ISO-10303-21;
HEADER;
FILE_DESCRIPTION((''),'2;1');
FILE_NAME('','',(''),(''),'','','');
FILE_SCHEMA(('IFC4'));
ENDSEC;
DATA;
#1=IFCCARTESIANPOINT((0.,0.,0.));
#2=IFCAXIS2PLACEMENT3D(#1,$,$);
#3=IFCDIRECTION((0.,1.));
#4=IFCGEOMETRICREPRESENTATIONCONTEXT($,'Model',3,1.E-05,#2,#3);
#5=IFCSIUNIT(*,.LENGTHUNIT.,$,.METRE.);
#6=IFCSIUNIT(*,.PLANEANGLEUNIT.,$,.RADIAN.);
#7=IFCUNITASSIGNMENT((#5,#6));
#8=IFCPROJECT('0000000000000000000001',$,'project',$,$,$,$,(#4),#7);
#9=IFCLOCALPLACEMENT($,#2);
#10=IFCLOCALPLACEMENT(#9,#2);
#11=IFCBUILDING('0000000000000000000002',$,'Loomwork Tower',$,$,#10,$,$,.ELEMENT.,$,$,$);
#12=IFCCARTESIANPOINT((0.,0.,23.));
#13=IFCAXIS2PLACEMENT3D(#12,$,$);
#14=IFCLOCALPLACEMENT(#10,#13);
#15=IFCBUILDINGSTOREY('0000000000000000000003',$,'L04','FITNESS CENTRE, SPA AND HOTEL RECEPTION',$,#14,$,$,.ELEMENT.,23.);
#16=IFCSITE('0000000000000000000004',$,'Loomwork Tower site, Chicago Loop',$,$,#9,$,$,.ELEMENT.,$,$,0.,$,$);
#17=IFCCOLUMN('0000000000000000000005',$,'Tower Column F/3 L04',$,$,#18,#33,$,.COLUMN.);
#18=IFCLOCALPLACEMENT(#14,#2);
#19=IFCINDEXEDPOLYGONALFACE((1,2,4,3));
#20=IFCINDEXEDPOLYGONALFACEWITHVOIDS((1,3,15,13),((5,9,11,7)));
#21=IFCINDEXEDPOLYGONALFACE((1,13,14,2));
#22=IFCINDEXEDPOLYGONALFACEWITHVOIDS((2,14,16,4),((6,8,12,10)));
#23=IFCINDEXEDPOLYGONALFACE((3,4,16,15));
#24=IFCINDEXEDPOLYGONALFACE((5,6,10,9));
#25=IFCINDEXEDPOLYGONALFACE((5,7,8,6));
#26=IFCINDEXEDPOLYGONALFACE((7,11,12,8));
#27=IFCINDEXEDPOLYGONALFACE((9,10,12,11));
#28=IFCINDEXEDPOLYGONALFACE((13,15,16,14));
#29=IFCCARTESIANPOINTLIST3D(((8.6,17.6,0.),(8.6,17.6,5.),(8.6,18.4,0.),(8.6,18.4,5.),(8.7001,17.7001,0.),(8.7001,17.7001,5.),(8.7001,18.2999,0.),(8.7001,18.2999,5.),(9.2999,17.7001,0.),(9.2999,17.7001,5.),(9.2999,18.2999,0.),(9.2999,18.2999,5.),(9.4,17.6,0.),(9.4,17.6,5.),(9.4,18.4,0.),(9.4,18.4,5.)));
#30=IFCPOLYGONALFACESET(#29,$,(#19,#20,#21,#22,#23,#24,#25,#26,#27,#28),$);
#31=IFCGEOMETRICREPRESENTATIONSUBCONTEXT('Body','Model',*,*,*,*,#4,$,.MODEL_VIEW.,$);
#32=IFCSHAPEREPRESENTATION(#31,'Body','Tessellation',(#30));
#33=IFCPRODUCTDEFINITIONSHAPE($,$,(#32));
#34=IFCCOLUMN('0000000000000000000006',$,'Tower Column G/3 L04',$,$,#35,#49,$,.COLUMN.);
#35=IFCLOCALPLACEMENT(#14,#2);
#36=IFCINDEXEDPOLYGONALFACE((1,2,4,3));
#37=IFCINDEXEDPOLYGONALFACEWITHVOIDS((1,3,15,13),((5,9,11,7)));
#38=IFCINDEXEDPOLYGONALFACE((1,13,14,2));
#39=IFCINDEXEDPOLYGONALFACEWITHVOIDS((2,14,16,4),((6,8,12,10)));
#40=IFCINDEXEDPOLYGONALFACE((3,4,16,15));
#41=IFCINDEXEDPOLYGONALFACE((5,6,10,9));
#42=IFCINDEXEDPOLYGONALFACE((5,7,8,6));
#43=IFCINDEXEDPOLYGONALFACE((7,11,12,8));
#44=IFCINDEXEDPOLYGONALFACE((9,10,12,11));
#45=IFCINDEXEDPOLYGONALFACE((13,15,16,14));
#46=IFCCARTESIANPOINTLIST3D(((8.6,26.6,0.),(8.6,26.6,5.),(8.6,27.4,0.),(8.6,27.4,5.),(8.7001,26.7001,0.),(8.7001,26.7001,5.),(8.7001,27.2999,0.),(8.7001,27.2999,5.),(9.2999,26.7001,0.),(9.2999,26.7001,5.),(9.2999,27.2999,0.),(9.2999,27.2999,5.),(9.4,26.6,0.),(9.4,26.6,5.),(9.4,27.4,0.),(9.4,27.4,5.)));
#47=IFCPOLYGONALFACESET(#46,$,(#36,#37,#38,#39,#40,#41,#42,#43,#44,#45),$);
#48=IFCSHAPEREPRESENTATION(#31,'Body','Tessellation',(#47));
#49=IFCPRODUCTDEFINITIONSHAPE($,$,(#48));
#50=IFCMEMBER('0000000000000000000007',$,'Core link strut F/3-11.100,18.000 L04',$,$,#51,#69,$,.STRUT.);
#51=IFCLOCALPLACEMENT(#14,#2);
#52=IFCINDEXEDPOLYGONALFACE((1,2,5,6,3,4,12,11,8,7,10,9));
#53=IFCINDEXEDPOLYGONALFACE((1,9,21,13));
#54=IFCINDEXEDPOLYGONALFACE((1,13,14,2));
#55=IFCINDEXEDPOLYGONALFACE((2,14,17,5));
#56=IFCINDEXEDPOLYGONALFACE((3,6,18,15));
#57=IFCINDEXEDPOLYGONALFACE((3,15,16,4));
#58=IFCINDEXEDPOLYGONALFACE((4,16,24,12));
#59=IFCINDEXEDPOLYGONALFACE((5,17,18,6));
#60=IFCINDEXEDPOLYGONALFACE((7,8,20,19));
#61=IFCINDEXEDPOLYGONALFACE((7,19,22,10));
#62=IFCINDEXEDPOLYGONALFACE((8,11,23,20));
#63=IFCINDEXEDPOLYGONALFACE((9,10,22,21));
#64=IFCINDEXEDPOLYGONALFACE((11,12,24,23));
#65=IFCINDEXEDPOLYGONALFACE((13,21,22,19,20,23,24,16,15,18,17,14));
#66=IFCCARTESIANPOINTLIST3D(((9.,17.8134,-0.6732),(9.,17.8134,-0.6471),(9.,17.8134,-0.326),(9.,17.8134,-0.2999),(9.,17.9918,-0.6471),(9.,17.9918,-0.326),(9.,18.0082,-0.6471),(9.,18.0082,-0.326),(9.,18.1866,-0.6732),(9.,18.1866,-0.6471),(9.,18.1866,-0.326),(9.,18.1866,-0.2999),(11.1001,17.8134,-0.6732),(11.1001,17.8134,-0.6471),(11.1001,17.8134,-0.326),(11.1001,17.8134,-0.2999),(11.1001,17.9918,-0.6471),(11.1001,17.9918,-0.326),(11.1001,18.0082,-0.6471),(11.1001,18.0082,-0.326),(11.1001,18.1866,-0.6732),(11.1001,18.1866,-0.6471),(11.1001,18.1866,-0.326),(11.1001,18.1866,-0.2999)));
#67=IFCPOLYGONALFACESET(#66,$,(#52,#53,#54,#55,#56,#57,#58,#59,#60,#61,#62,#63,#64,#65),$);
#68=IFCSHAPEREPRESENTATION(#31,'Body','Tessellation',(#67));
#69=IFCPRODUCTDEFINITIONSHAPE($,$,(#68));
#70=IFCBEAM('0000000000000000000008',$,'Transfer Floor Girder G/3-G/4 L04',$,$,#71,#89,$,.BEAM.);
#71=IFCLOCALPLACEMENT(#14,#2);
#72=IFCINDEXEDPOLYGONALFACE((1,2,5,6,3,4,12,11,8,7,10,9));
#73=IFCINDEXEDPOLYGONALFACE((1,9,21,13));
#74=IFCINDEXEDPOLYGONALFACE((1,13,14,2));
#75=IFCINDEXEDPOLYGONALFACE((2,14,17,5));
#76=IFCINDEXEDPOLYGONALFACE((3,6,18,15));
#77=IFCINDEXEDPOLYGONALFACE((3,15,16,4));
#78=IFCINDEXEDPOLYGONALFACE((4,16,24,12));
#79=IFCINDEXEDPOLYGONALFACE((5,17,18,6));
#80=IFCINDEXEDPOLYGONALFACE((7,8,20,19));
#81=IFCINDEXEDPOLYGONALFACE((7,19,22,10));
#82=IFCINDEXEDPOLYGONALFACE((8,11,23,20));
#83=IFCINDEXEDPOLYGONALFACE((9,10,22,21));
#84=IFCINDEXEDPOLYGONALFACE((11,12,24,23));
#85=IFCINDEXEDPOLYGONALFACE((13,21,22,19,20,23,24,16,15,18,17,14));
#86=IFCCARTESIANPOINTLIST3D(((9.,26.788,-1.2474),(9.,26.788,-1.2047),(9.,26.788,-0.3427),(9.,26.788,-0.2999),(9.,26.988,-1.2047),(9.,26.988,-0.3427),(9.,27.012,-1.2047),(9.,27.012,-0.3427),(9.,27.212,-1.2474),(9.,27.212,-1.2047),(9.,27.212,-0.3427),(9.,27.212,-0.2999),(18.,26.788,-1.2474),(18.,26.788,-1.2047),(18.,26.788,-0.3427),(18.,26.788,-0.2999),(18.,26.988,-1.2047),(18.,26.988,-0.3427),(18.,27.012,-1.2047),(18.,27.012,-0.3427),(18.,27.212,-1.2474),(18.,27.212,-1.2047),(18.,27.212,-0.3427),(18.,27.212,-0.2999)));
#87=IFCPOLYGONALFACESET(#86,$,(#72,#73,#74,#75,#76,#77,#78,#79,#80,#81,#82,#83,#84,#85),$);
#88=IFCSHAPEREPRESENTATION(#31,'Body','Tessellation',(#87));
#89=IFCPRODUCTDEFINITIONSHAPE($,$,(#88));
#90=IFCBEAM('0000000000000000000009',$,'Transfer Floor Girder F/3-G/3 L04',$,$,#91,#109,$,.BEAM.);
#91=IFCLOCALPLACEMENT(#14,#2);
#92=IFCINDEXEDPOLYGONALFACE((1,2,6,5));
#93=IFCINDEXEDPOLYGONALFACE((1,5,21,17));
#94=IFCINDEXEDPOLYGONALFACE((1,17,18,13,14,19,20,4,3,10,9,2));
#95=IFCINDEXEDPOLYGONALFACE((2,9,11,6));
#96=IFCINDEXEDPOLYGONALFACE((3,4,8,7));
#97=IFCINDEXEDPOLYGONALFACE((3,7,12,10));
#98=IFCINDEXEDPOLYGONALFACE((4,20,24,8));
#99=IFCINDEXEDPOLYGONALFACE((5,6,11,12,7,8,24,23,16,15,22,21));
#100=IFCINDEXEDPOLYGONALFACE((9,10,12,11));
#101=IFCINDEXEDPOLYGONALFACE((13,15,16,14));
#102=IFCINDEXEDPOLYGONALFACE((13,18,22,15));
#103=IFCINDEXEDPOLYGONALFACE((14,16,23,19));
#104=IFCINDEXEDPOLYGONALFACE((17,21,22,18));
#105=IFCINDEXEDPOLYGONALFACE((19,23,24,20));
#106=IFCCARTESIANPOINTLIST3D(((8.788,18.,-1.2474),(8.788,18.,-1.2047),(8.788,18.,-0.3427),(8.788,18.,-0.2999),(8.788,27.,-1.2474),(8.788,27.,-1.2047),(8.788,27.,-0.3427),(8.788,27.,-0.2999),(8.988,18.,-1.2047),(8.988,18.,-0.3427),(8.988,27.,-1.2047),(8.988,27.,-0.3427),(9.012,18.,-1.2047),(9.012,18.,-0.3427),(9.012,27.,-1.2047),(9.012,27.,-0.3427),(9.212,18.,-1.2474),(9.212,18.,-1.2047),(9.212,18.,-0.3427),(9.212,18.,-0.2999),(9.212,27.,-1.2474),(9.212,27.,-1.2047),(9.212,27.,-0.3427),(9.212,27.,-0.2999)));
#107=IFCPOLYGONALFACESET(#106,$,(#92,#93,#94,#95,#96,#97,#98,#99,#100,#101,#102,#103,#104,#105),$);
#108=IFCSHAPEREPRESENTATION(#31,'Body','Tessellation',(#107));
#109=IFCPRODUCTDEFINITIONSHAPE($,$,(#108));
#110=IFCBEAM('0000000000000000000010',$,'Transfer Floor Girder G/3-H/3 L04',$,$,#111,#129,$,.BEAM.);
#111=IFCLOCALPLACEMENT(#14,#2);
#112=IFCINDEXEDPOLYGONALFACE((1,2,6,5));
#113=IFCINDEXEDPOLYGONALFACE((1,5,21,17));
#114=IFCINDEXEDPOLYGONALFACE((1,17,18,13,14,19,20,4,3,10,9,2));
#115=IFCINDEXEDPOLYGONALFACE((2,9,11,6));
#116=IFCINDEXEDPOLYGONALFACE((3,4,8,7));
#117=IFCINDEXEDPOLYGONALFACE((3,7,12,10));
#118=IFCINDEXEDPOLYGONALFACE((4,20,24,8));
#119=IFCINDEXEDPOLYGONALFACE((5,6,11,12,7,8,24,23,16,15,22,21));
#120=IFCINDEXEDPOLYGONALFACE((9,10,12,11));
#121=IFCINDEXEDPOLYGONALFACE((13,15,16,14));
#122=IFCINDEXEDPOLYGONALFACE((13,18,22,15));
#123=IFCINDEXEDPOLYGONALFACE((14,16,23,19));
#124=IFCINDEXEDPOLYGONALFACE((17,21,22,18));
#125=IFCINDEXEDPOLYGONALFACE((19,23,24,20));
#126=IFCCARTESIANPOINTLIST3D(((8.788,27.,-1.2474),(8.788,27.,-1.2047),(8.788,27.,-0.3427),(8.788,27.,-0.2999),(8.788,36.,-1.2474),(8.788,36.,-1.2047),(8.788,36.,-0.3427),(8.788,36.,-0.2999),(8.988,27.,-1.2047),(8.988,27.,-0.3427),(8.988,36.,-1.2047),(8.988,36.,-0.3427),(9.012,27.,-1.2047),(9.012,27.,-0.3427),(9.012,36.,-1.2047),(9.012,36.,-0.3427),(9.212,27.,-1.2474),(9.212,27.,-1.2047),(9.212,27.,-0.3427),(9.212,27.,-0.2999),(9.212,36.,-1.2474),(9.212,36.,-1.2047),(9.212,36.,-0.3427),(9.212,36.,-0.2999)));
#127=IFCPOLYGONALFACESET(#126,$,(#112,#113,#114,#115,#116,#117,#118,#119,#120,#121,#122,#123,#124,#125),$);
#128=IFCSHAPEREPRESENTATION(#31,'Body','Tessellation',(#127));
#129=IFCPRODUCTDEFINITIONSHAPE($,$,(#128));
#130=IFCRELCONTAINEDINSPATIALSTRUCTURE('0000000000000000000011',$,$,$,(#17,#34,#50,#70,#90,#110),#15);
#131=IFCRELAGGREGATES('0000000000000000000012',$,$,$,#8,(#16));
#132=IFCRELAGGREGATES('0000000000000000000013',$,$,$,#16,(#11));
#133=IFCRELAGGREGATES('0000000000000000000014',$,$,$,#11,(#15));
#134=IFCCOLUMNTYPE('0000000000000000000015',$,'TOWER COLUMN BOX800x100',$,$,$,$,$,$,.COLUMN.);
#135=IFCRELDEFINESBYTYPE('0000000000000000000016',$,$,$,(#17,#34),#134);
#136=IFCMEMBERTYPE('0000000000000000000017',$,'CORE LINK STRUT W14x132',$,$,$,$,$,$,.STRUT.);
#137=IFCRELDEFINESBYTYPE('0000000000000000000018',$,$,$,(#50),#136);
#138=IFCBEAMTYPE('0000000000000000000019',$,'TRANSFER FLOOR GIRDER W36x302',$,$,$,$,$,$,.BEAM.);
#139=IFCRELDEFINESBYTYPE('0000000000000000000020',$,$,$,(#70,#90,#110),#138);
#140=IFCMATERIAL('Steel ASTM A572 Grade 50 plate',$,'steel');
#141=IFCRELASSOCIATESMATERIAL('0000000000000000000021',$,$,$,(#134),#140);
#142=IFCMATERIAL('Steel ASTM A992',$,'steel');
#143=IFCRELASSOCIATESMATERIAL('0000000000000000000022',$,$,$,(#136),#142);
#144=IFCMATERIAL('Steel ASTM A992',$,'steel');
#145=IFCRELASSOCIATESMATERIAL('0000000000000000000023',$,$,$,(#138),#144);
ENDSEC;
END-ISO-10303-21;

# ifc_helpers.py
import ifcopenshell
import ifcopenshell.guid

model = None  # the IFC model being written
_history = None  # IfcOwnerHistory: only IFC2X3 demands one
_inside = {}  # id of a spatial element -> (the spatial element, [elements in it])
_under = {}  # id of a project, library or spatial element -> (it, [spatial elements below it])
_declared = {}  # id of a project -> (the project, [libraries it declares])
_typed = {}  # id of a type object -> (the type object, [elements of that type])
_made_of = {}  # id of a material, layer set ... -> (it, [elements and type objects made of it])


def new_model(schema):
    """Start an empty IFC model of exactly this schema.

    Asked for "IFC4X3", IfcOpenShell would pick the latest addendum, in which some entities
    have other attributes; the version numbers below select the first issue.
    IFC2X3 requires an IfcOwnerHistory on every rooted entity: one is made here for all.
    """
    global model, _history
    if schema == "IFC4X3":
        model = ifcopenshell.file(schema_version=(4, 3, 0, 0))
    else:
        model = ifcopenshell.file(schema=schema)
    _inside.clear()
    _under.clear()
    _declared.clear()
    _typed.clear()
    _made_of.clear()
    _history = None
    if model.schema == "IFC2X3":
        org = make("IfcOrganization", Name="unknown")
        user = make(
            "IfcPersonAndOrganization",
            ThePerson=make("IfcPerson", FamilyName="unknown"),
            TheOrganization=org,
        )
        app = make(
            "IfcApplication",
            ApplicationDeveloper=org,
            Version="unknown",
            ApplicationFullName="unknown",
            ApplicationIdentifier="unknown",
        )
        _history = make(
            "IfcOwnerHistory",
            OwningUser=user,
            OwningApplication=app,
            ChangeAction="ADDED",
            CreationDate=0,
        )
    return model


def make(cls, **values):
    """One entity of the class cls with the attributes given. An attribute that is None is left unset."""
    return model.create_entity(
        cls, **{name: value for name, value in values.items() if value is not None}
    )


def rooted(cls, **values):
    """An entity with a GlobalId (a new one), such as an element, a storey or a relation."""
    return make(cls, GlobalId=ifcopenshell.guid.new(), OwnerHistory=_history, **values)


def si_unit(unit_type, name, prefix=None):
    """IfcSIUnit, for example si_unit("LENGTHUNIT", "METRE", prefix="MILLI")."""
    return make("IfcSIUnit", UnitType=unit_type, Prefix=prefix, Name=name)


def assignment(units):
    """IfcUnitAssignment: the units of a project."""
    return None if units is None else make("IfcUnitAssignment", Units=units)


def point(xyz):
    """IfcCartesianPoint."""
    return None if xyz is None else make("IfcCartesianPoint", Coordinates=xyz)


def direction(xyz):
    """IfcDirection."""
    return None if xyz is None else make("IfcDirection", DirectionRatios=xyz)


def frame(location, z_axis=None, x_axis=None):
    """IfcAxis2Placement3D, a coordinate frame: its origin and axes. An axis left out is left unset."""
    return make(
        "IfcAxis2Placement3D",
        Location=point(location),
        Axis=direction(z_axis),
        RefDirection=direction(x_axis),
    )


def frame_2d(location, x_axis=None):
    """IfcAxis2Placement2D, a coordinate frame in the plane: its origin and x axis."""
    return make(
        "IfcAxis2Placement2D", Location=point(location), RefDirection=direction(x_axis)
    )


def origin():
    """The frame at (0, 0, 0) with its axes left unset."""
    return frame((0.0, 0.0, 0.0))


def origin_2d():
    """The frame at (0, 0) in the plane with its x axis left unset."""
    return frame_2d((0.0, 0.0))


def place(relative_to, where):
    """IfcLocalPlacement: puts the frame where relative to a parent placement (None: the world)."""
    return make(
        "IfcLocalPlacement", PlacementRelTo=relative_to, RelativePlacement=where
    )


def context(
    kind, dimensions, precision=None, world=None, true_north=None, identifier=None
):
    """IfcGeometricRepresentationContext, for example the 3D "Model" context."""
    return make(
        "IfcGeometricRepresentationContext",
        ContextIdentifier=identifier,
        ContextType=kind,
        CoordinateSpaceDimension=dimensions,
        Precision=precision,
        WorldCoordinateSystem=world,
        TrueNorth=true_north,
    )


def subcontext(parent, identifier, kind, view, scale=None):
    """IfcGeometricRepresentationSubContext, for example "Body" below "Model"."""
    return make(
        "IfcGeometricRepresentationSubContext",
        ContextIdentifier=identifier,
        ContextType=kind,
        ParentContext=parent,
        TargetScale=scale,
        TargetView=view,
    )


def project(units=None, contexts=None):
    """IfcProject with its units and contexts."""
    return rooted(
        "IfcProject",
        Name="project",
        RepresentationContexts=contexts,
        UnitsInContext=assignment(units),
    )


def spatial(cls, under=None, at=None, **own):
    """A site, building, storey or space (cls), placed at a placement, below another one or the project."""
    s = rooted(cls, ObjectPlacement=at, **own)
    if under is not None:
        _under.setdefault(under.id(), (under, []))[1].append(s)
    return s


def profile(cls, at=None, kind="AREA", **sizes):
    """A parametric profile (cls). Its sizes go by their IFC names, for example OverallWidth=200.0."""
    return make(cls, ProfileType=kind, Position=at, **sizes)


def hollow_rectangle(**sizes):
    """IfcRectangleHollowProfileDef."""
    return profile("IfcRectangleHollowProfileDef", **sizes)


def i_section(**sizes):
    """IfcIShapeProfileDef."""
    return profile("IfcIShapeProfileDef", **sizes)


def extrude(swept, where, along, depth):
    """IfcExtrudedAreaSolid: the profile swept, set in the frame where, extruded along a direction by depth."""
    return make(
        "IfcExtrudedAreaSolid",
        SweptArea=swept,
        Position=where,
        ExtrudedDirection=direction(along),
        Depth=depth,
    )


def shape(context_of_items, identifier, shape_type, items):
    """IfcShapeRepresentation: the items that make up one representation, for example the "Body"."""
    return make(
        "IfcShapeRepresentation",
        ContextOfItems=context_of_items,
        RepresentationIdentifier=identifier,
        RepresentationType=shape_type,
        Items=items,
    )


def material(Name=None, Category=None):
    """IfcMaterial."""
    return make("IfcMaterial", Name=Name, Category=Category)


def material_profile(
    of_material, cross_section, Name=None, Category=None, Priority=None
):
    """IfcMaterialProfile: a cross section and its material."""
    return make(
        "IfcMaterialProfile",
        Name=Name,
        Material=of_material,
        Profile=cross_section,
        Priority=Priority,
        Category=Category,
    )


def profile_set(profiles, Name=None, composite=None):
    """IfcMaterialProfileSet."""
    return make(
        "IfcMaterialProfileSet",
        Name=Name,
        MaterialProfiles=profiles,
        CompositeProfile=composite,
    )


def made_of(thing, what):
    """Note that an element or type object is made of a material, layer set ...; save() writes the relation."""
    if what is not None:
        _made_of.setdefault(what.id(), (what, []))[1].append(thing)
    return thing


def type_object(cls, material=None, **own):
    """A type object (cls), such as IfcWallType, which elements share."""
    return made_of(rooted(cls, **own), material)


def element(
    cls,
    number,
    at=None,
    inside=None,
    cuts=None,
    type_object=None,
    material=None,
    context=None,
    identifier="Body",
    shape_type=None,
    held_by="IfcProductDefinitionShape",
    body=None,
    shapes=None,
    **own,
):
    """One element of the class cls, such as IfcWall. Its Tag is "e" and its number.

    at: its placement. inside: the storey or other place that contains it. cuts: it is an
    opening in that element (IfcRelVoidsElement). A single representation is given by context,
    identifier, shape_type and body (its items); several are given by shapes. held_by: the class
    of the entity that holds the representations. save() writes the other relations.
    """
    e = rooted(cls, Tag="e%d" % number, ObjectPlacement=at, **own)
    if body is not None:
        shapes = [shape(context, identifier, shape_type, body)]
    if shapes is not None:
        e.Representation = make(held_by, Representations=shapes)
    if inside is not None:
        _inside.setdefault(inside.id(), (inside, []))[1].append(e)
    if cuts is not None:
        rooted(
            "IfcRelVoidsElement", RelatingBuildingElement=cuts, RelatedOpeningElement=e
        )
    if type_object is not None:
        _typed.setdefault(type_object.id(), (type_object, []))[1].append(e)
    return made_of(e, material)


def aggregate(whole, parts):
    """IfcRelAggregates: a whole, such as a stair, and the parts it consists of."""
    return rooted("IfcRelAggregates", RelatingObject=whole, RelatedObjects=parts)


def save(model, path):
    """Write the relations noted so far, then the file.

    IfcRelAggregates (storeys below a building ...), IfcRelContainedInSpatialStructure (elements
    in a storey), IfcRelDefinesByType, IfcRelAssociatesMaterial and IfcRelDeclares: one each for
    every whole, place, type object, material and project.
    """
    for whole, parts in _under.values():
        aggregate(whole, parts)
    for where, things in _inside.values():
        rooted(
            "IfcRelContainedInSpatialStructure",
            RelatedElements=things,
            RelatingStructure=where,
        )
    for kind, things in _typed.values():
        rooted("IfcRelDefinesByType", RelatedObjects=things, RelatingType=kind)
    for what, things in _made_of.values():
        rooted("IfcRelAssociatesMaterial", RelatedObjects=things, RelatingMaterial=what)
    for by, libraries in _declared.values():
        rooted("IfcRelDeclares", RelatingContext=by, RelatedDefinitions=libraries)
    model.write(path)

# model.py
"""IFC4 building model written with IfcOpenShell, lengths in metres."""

from ifc_helpers import new_model, si_unit, direction, frame, origin, origin_2d, place, context, subcontext, project, spatial, hollow_rectangle, i_section, extrude, material, material_profile, profile_set, type_object, element, save


model = new_model("IFC4")

# Units and contexts
model_context = context("Model", 3, precision=1e-05, world=origin(), true_north=direction((0.0, 1.0)))
body_context = subcontext(model_context, "Body", "Model", "MODEL_VIEW")
ifc_project = project(units=[si_unit("LENGTHUNIT", "METRE"), si_unit("PLANEANGLEUNIT", "RADIAN")], contexts=[model_context])

# Site, building, storey
site_placement = place(None, origin())
site = spatial("IfcSite", under=ifc_project, at=site_placement, Name="Loomwork Tower site, Chicago Loop", CompositionType="ELEMENT", RefElevation=0.0)
building_placement = place(site_placement, origin())
building = spatial("IfcBuilding", under=site, at=building_placement, Name="Loomwork Tower", CompositionType="ELEMENT")
storey_placement = place(building_placement, frame((0.0, 0.0, 23.0)))
storey = spatial("IfcBuildingStorey", under=building, at=storey_placement, Name="L04", Description="FITNESS CENTRE, SPA AND HOTEL RECEPTION", CompositionType="ELEMENT", Elevation=23.0)

# Columns
ifc_material_1 = material(Name="Steel ASTM A572 Grade 50 plate", Category="steel")
ifc_material_profile_1 = material_profile(ifc_material_1, hollow_rectangle(XDim=0.8, YDim=0.8, WallThickness=0.1001, at=origin_2d()), Name="BOX800x100")
ifc_profile_set_1 = profile_set([ifc_material_profile_1], Name="Steel ASTM A572 Grade 50 plate")
column_type = type_object("IfcColumnType", Name="TOWER COLUMN BOX800x100", PredefinedType="COLUMN", material=ifc_profile_set_1)
for number, where, z_axis, x_axis, name in (
    (1, (9.0, 18.0, 0.0), (0.0, 0.0, 1.0), (1.0, 0.0, 0.0), "Tower Column F/3 L04"),
    (2, (9.0, 27.0, 0.0), (0.0, 0.0, 1.0), (1.0, 0.0, 0.0), "Tower Column G/3 L04"),
):
    element("IfcColumn", number, at=place(storey_placement, frame(where, z_axis=z_axis, x_axis=x_axis)), inside=storey, type_object=column_type, Name=name, PredefinedType="COLUMN", context=body_context, shape_type="SweptSolid", body=[
        extrude(hollow_rectangle(XDim=0.8, YDim=0.8, WallThickness=0.1001, at=origin_2d()), origin(), (0.0, 0.0, 1.0), 5.0),
    ])

# Member
ifc_material_2 = material(Name="Steel ASTM A992", Category="steel")
ifc_material_profile_2 = material_profile(ifc_material_2, i_section(OverallWidth=0.3733, OverallDepth=0.3733, WebThickness=0.0164, FlangeThickness=0.0261, at=origin_2d()), Name="W14x132")
ifc_profile_set_2 = profile_set([ifc_material_profile_2], Name="Steel ASTM A992")
member_type = type_object("IfcMemberType", Name="CORE LINK STRUT W14x132", PredefinedType="STRUT", material=ifc_profile_set_2)
member_placement = place(storey_placement, frame((9.0, 18.0, -0.4866), z_axis=(1.0, 0.0, 0.0), x_axis=(0.0, 1.0, 0.0)))
element("IfcMember", 3, at=member_placement, inside=storey, type_object=member_type, Name="Core link strut F/3-11.100,18.000 L04", PredefinedType="STRUT", context=body_context, shape_type="SweptSolid", body=[
    extrude(i_section(OverallWidth=0.3733, OverallDepth=0.3733, WebThickness=0.0164, FlangeThickness=0.0261, at=origin_2d()), origin(), (0.0, 0.0, 1.0), 2.1001),
])

# Beams
ifc_material_3 = material(Name="Steel ASTM A992", Category="steel")
ifc_material_profile_3 = material_profile(ifc_material_3, i_section(OverallWidth=0.4241, OverallDepth=0.9475, WebThickness=0.0239, FlangeThickness=0.0427, at=origin_2d()), Name="W36x302")
ifc_profile_set_3 = profile_set([ifc_material_profile_3], Name="Steel ASTM A992")
beam_type = type_object("IfcBeamType", Name="TRANSFER FLOOR GIRDER W36x302", PredefinedType="BEAM", material=ifc_profile_set_3)
for number, where, z_axis, x_axis, name in (
    (4, (9.0, 27.0, -0.7737), (1.0, 0.0, 0.0), (0.0, 1.0, 0.0), "Transfer Floor Girder G/3-G/4 L04"),
    (5, (9.0, 18.0, -0.7737), (0.0, 1.0, 0.0), (-1.0, 0.0, 0.0), "Transfer Floor Girder F/3-G/3 L04"),
    (6, (9.0, 27.0, -0.7737), (0.0, 1.0, 0.0), (-1.0, 0.0, 0.0), "Transfer Floor Girder G/3-H/3 L04"),
):
    element("IfcBeam", number, at=place(storey_placement, frame(where, z_axis=z_axis, x_axis=x_axis)), inside=storey, type_object=beam_type, Name=name, PredefinedType="BEAM", context=body_context, shape_type="SweptSolid", body=[
        extrude(i_section(OverallWidth=0.4241, OverallDepth=0.9475, WebThickness=0.0239, FlangeThickness=0.0427, at=origin_2d()), origin(), (0.0, 0.0, 1.0), 9.0),
    ])

save(model, "model.ifc")
